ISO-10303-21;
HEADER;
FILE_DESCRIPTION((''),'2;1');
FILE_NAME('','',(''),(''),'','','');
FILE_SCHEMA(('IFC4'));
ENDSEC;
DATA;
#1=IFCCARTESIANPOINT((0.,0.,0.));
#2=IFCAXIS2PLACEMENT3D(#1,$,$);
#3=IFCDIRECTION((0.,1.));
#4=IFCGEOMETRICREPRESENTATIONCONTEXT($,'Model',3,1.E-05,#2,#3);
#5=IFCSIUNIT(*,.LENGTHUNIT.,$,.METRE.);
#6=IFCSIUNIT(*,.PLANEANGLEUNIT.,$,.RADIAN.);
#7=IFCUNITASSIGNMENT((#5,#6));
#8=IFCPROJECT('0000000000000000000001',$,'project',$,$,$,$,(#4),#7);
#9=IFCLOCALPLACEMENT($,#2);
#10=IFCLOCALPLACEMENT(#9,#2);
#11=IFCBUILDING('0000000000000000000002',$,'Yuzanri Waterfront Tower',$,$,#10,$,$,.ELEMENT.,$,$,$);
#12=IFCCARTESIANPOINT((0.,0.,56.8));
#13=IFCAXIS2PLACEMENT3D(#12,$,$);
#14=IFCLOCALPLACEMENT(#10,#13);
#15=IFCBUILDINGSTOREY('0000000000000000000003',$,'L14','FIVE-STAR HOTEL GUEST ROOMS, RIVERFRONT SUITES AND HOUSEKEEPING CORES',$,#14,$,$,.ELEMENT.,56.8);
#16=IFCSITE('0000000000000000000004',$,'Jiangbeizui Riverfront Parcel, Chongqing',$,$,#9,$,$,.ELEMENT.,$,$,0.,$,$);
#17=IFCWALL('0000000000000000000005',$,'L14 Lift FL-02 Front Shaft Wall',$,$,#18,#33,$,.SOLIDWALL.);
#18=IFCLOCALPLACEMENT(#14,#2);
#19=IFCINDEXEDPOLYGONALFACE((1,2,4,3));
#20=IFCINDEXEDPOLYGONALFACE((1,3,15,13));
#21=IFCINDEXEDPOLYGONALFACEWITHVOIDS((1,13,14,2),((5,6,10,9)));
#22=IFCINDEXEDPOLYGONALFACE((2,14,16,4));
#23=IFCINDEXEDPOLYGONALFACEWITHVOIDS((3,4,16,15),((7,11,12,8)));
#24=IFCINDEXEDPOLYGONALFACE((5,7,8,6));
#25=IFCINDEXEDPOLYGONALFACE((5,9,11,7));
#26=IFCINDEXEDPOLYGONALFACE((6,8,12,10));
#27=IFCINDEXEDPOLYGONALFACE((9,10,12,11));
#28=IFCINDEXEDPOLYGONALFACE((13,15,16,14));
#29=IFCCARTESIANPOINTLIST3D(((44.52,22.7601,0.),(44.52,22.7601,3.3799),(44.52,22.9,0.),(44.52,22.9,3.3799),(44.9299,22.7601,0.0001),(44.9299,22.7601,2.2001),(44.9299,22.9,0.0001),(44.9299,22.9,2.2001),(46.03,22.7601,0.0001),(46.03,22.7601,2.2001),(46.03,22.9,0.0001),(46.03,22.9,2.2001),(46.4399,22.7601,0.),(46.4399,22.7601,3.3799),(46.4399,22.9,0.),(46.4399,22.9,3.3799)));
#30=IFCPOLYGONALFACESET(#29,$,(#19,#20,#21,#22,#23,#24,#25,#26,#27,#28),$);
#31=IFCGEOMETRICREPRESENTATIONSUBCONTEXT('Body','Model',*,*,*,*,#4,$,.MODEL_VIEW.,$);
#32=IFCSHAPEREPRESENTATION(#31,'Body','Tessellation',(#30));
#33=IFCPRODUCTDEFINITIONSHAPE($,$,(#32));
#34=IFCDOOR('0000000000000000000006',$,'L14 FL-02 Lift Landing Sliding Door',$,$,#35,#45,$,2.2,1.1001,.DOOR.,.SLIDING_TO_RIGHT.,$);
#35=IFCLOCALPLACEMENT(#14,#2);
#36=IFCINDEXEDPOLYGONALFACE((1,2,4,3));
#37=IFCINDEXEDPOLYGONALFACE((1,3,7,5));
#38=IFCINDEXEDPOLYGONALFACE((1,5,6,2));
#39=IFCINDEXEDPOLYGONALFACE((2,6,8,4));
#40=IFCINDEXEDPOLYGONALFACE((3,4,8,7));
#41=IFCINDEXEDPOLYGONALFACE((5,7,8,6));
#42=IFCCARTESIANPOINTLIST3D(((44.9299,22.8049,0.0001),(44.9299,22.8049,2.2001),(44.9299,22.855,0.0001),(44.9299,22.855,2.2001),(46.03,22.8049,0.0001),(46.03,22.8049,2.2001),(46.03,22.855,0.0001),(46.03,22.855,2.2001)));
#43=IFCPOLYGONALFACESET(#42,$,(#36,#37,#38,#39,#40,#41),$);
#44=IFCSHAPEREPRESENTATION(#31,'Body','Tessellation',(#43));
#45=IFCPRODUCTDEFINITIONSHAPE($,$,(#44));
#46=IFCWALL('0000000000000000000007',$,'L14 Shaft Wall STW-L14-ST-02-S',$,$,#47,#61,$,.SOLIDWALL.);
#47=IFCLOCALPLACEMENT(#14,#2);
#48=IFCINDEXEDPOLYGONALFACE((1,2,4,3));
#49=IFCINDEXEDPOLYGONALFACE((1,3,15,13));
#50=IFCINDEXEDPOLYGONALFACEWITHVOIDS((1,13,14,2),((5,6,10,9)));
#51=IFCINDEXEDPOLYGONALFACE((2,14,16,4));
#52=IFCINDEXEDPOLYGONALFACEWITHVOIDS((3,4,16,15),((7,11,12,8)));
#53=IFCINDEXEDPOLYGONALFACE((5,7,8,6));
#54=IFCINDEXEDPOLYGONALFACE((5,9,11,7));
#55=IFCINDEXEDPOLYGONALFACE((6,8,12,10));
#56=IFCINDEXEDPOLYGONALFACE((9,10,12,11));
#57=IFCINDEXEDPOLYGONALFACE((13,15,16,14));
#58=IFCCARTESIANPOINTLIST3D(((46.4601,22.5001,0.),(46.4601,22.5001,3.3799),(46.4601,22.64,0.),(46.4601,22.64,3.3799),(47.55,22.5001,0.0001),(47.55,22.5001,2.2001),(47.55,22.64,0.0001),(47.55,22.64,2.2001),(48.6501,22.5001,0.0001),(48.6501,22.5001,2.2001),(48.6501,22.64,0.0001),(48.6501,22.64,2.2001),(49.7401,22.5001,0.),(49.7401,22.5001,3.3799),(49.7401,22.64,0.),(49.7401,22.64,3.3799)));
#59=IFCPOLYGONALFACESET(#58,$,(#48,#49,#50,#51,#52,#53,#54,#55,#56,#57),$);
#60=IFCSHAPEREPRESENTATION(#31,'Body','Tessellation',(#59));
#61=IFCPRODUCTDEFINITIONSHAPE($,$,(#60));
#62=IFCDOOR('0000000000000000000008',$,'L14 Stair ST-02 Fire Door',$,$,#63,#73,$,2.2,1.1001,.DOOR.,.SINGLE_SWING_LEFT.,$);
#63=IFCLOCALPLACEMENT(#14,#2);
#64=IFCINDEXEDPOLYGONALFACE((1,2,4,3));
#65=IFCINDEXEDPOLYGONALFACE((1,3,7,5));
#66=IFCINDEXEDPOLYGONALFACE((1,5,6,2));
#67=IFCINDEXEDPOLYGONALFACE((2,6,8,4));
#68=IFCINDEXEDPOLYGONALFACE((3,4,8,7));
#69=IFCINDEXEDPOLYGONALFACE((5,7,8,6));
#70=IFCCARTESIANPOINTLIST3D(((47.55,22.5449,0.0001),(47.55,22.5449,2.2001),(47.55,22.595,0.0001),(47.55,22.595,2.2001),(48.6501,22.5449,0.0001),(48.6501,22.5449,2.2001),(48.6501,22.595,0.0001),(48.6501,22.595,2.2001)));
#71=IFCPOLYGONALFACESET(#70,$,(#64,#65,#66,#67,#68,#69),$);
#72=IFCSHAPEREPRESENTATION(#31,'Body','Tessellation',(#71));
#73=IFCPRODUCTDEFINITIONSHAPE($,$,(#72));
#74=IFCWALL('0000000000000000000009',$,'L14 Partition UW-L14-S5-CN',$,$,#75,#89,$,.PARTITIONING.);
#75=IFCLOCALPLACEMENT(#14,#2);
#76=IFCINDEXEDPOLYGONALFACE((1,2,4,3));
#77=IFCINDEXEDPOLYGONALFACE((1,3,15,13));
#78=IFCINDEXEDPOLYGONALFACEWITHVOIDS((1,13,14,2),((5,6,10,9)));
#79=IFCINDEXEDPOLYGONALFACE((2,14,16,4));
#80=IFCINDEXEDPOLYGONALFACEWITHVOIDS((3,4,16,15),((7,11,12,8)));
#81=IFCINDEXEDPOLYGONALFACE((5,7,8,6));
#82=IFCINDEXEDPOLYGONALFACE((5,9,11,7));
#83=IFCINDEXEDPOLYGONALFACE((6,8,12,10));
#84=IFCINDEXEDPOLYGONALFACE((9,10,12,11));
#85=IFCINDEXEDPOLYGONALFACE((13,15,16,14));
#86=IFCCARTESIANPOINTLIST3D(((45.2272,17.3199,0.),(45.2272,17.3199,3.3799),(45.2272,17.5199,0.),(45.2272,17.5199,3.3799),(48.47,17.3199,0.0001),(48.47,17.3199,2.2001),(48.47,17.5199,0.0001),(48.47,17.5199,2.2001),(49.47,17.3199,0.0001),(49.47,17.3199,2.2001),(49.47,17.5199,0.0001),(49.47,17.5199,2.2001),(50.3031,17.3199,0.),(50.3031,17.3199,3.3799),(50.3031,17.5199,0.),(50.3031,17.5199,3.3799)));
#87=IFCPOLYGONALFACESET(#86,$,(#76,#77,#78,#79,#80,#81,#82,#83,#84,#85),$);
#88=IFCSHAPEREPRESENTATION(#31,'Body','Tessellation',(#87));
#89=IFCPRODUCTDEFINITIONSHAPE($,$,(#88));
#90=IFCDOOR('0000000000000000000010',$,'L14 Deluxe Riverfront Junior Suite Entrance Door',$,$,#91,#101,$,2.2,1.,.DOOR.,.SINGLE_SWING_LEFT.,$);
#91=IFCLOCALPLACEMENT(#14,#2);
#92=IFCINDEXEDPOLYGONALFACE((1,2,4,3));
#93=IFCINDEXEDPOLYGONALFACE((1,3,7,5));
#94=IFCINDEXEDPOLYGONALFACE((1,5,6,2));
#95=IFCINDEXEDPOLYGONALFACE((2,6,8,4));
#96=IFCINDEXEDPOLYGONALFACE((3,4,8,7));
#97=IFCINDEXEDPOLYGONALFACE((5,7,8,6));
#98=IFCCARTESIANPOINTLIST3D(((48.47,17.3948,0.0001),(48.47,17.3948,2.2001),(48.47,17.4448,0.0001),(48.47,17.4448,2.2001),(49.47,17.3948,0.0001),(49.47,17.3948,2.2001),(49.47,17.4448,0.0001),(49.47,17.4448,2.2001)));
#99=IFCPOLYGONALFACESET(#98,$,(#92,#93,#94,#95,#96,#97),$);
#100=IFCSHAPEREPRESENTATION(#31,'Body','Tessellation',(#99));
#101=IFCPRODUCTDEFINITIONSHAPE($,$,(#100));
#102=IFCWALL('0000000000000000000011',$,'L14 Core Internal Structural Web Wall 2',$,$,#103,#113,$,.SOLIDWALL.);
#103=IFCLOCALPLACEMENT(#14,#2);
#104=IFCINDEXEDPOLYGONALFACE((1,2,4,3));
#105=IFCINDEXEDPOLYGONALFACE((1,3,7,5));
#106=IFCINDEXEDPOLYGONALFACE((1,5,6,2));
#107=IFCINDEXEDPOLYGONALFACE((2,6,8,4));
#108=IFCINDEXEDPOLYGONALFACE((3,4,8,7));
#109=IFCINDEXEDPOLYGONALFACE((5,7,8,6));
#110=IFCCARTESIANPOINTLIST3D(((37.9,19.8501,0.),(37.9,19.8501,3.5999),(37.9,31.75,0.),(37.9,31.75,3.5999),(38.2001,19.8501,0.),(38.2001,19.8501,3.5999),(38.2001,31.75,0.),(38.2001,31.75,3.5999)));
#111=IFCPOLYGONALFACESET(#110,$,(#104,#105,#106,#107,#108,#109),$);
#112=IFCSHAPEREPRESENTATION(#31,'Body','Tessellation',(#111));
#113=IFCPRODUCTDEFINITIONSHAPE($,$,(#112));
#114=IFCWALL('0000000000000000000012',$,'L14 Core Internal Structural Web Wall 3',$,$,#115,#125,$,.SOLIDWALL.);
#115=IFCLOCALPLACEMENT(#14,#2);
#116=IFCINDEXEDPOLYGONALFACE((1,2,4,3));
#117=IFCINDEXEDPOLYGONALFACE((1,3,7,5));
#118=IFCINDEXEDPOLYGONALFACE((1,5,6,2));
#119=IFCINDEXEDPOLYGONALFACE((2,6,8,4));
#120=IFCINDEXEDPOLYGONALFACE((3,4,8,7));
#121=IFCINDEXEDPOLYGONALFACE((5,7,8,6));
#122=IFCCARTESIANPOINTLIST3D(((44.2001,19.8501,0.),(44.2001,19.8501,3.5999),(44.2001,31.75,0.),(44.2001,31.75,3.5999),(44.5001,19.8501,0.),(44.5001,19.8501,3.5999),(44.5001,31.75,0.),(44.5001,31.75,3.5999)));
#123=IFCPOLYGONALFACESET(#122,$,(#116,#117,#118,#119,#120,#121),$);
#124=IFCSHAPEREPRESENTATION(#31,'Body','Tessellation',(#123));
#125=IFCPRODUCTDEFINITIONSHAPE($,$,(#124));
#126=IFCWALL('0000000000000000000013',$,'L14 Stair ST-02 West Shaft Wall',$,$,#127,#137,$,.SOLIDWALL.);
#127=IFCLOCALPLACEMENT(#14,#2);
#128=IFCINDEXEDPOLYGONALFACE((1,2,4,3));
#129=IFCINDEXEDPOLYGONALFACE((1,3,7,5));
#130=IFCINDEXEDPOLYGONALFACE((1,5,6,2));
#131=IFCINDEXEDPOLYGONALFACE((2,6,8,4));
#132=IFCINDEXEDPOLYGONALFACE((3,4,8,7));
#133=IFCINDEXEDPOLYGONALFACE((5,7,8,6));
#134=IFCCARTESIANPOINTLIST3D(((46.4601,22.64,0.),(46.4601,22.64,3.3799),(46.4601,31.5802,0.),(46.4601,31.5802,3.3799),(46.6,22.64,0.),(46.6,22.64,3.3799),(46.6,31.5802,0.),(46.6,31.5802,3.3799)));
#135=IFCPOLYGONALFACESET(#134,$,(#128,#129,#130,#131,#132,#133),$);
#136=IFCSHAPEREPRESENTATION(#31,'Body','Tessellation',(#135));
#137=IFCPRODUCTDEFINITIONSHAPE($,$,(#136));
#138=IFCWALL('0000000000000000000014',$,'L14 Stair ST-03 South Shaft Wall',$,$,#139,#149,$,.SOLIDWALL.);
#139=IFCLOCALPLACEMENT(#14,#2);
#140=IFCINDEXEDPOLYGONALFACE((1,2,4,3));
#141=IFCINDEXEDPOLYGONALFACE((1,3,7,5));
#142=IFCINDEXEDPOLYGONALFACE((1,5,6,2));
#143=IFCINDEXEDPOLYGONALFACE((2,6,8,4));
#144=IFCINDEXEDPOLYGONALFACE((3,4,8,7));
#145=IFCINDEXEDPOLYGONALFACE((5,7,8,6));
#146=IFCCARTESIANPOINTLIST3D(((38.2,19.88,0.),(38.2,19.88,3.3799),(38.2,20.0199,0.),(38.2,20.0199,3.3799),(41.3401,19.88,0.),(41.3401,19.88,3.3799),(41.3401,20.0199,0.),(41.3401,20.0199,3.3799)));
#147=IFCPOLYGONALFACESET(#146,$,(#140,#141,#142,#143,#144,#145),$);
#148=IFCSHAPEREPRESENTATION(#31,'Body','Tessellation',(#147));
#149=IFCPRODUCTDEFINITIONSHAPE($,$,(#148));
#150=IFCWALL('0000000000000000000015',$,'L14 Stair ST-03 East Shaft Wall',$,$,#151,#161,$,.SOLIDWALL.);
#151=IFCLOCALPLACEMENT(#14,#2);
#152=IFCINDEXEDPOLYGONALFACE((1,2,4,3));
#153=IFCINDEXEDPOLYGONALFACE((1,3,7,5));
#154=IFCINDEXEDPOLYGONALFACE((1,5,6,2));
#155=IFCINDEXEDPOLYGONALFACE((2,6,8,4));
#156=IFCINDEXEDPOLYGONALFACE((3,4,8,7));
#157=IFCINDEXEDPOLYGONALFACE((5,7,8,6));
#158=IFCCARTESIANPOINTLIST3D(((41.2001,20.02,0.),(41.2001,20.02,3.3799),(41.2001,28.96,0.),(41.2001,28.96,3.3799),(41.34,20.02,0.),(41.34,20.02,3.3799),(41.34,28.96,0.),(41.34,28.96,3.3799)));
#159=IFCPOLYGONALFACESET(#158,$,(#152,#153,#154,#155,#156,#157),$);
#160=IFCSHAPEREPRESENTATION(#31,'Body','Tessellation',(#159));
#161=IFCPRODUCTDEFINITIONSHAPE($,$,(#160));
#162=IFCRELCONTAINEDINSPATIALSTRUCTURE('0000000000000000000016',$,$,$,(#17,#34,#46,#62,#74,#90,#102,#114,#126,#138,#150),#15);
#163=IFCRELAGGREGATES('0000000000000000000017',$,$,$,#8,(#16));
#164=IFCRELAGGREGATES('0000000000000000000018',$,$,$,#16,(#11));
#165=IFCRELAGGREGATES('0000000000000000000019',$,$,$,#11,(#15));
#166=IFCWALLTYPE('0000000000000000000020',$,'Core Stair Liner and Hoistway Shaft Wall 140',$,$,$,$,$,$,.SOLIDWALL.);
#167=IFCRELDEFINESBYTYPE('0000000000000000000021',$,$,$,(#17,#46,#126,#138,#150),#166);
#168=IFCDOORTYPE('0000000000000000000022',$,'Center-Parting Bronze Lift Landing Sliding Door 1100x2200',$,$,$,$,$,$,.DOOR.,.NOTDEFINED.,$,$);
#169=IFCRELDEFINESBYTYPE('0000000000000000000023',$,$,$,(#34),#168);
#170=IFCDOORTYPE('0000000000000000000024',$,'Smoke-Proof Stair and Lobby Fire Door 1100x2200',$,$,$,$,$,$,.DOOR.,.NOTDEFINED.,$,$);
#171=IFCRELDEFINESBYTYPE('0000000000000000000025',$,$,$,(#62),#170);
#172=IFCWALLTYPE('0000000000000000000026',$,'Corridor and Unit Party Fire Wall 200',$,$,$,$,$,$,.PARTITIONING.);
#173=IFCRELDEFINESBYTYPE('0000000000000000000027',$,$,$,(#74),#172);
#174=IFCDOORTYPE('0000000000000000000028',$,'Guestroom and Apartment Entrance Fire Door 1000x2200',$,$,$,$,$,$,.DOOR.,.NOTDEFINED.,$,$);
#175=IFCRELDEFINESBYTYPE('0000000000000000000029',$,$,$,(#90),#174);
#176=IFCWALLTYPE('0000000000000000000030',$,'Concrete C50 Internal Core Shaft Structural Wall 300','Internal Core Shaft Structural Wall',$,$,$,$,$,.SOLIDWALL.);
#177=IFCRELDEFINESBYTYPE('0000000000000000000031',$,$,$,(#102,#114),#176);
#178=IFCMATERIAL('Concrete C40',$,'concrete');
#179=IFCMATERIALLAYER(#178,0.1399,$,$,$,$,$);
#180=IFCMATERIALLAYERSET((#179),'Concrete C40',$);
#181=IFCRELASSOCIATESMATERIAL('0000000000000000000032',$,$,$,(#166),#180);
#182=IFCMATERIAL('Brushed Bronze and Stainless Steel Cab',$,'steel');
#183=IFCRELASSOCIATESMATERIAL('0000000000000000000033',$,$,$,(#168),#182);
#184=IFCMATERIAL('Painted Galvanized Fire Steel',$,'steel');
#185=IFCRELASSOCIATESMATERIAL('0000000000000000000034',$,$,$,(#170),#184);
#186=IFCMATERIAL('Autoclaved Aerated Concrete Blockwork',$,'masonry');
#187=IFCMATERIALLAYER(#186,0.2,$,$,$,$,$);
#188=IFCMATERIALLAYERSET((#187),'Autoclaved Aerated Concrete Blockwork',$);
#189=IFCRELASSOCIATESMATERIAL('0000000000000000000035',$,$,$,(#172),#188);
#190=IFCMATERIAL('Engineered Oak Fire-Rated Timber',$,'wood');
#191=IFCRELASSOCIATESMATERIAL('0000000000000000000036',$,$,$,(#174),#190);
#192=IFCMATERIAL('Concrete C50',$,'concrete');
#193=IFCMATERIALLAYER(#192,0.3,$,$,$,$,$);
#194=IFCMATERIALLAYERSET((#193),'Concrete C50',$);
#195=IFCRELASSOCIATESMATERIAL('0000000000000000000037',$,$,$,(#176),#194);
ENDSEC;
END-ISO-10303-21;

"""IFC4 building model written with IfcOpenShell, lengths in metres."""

from ifc_helpers import new_model, si_unit, direction, frame, frame_2d, origin, place, context, subcontext, project, spatial, rectangle, extrude, source, transform, mapped, material, layer, layer_set, type_object, element, fill, save


model = new_model("IFC4")

# Units and contexts
model_context = context("Model", 3, precision=1e-05, world=origin(), true_north=direction((0.0, 1.0)))
body_context = subcontext(model_context, "Body", "Model", "MODEL_VIEW")
ifc_project = project(units=[si_unit("LENGTHUNIT", "METRE"), si_unit("PLANEANGLEUNIT", "RADIAN")], contexts=[model_context])

# Site, building, storey
site_placement = place(None, origin())
site = spatial("IfcSite", under=ifc_project, at=site_placement, Name="Jiangbeizui Riverfront Parcel, Chongqing", CompositionType="ELEMENT", RefElevation=0.0)
building_placement = place(site_placement, origin())
building = spatial("IfcBuilding", under=site, at=building_placement, Name="Yuzanri Waterfront Tower", CompositionType="ELEMENT")
storey_placement = place(building_placement, frame((0.0, 0.0, 56.8)))
storey = spatial("IfcBuildingStorey", under=building, at=storey_placement, Name="L14", Description="FIVE-STAR HOTEL GUEST ROOMS, RIVERFRONT SUITES AND HOUSEKEEPING CORES", CompositionType="ELEMENT", Elevation=56.8)

# Walls, openings, doors
ifc_material_1 = material(Name="Concrete C40", Category="concrete")
ifc_layer_1 = layer(ifc_material_1, 0.1399)
ifc_layer_set_1 = layer_set([ifc_layer_1], Name="Concrete C40")
wall_type_1 = type_object("IfcWallType", Name="Core Stair Liner and Hoistway Shaft Wall 140", PredefinedType="SOLIDWALL", material=ifc_layer_set_1)
wall_1_placement = place(storey_placement, frame((44.52, 22.8301, 0.0), z_axis=(0.0, 0.0, 1.0), x_axis=(1.0, 0.0, 0.0)))
wall_1 = element("IfcWall", 1, at=wall_1_placement, inside=storey, type_object=wall_type_1, Name="L14 Lift FL-02 Front Shaft Wall", PredefinedType="SOLIDWALL", context=body_context, shape_type="SweptSolid", body=[
    extrude(rectangle(XDim=1.9199, YDim=0.1399, at=frame_2d((0.96, 0.0))), origin(), (0.0, 0.0, 1.0), 3.3799),
])
opening_1_placement = place(wall_1_placement, frame((0.4099, 0.0, 0.0)))
opening_1 = element("IfcOpeningElement", 2, at=opening_1_placement, cuts=wall_1, PredefinedType="OPENING", context=body_context, shape_type="SweptSolid", body=[
    extrude(rectangle(XDim=1.1001, YDim=2.2, at=frame_2d((0.55, 1.1001))), frame((0.0, 0.085, 0.0), z_axis=(0.0, -1.0, 0.0), x_axis=(1.0, 0.0, 0.0)), (0.0, 0.0, 1.0), 0.1697),
])
ifc_material_2 = material(Name="Brushed Bronze and Stainless Steel Cab", Category="steel")
door_type_1 = type_object("IfcDoorType", Name="Center-Parting Bronze Lift Landing Sliding Door 1100x2200", OperationType="NOTDEFINED", PredefinedType="DOOR", material=ifc_material_2)
shared_shape_1 = source(origin(), body_context, "Body", "SweptSolid", [
    extrude(rectangle(XDim=1.1001, YDim=2.2, at=frame_2d((0.55, 1.1001))), frame((0.0, 0.0249, 0.0), z_axis=(0.0, -1.0, 0.0), x_axis=(1.0, 0.0, 0.0)), (0.0, 0.0, 1.0), 0.05),
])
door_1_placement = place(opening_1_placement, origin())
door_1 = element("IfcDoor", 3, at=door_1_placement, inside=storey, type_object=door_type_1, Name="L14 FL-02 Lift Landing Sliding Door", OperationType="SLIDING_TO_RIGHT", OverallHeight=2.2, OverallWidth=1.1001, PredefinedType="DOOR", context=body_context, shape_type="MappedRepresentation", body=[
    mapped(shared_shape_1, transform((0.0, 0.0, 0.0), scale=1.0)),
])
fill(opening_1, door_1)
wall_2_placement = place(storey_placement, frame((46.46, 22.5701, 0.0), z_axis=(0.0, 0.0, 1.0), x_axis=(1.0, 0.0, 0.0)))
wall_2 = element("IfcWall", 4, at=wall_2_placement, inside=storey, type_object=wall_type_1, Name="L14 Shaft Wall STW-L14-ST-02-S", PredefinedType="SOLIDWALL", context=body_context, shape_type="SweptSolid", body=[
    extrude(rectangle(XDim=3.28, YDim=0.1399, at=frame_2d((1.6401, 0.0))), origin(), (0.0, 0.0, 1.0), 3.3799),
])
opening_2_placement = place(wall_2_placement, frame((1.0901, 0.0, 0.0)))
opening_2 = element("IfcOpeningElement", 5, at=opening_2_placement, cuts=wall_2, PredefinedType="OPENING", context=body_context, shape_type="SweptSolid", body=[
    extrude(rectangle(XDim=1.1001, YDim=2.2, at=frame_2d((0.55, 1.1001))), frame((0.0, 0.085, 0.0), z_axis=(0.0, -1.0, 0.0), x_axis=(1.0, 0.0, 0.0)), (0.0, 0.0, 1.0), 0.1697),
])
ifc_material_3 = material(Name="Painted Galvanized Fire Steel", Category="steel")
door_type_2 = type_object("IfcDoorType", Name="Smoke-Proof Stair and Lobby Fire Door 1100x2200", OperationType="NOTDEFINED", PredefinedType="DOOR", material=ifc_material_3)
shared_shape_2 = source(origin(), body_context, "Body", "SweptSolid", [
    extrude(rectangle(XDim=1.1001, YDim=2.2, at=frame_2d((0.55, 1.1001))), frame((0.0, 0.0249, 0.0), z_axis=(0.0, -1.0, 0.0), x_axis=(1.0, 0.0, 0.0)), (0.0, 0.0, 1.0), 0.05),
])
door_2_placement = place(opening_2_placement, origin())
door_2 = element("IfcDoor", 6, at=door_2_placement, inside=storey, type_object=door_type_2, Name="L14 Stair ST-02 Fire Door", OperationType="SINGLE_SWING_LEFT", OverallHeight=2.2, OverallWidth=1.1001, PredefinedType="DOOR", context=body_context, shape_type="MappedRepresentation", body=[
    mapped(shared_shape_2, transform((0.0, 0.0, 0.0), scale=1.0)),
])
fill(opening_2, door_2)
ifc_material_4 = material(Name="Autoclaved Aerated Concrete Blockwork", Category="masonry")
ifc_layer_2 = layer(ifc_material_4, 0.2)
ifc_layer_set_2 = layer_set([ifc_layer_2], Name="Autoclaved Aerated Concrete Blockwork")
wall_type_2 = type_object("IfcWallType", Name="Corridor and Unit Party Fire Wall 200", PredefinedType="PARTITIONING", material=ifc_layer_set_2)
wall_3_placement = place(storey_placement, frame((45.2271, 17.4199, 0.0), z_axis=(0.0, 0.0, 1.0), x_axis=(1.0, 0.0, 0.0)))
wall_3 = element("IfcWall", 7, at=wall_3_placement, inside=storey, type_object=wall_type_2, Name="L14 Partition UW-L14-S5-CN", PredefinedType="PARTITIONING", context=body_context, shape_type="SweptSolid", body=[
    extrude(rectangle(XDim=5.0759, YDim=0.2, at=frame_2d((2.5381, 0.0))), origin(), (0.0, 0.0, 1.0), 3.3799),
])
opening_3_placement = place(wall_3_placement, frame((3.2429, 0.0, 0.0)))
opening_3 = element("IfcOpeningElement", 8, at=opening_3_placement, cuts=wall_3, PredefinedType="OPENING", context=body_context, shape_type="SweptSolid", body=[
    extrude(rectangle(XDim=1.0, YDim=2.2, at=frame_2d((0.5, 1.1001))), frame((0.0, 0.1147, 0.0), z_axis=(0.0, -1.0, 0.0), x_axis=(1.0, 0.0, 0.0)), (0.0, 0.0, 1.0), 0.2297),
])
ifc_material_5 = material(Name="Engineered Oak Fire-Rated Timber", Category="wood")
door_type_3 = type_object("IfcDoorType", Name="Guestroom and Apartment Entrance Fire Door 1000x2200", OperationType="NOTDEFINED", PredefinedType="DOOR", material=ifc_material_5)
shared_shape_3 = source(origin(), body_context, "Body", "SweptSolid", [
    extrude(rectangle(XDim=1.0, YDim=2.2, at=frame_2d((0.5, 1.1001))), frame((0.0, 0.0249, 0.0), z_axis=(0.0, -1.0, 0.0), x_axis=(1.0, 0.0, 0.0)), (0.0, 0.0, 1.0), 0.05),
])
door_3_placement = place(opening_3_placement, origin())
door_3 = element("IfcDoor", 9, at=door_3_placement, inside=storey, type_object=door_type_3, Name="L14 Deluxe Riverfront Junior Suite Entrance Door", OperationType="SINGLE_SWING_LEFT", OverallHeight=2.2, OverallWidth=1.0, PredefinedType="DOOR", context=body_context, shape_type="MappedRepresentation", body=[
    mapped(shared_shape_3, transform((0.0, 0.0, 0.0), scale=1.0)),
])
fill(opening_3, door_3)

# Walls
ifc_material_6 = material(Name="Concrete C50", Category="concrete")
ifc_layer_3 = layer(ifc_material_6, 0.3)
ifc_layer_set_3 = layer_set([ifc_layer_3], Name="Concrete C50")
wall_type_3 = type_object("IfcWallType", Name="Concrete C50 Internal Core Shaft Structural Wall 300", Description="Internal Core Shaft Structural Wall", PredefinedType="SOLIDWALL", material=ifc_layer_set_3)
shared_shape_4 = source(origin(), body_context, "Body", "SweptSolid", [
    extrude(rectangle(XDim=11.8999, YDim=0.3, at=frame_2d((5.95, 0.0))), origin(), (0.0, 0.0, 1.0), 3.5999),
])
for number, where, z_axis, x_axis, name in (
    (10, (38.05, 19.8501, 0.0), (0.0, 0.0, 1.0), (0.0, 1.0, 0.0), "L14 Core Internal Structural Web Wall 2"),
    (11, (44.3501, 19.8501, 0.0), (0.0, 0.0, 1.0), (0.0, 1.0, 0.0), "L14 Core Internal Structural Web Wall 3"),
):
    element("IfcWall", number, at=place(storey_placement, frame(where, z_axis=z_axis, x_axis=x_axis)), inside=storey, type_object=wall_type_3, Name=name, PredefinedType="SOLIDWALL", context=body_context, shape_type="MappedRepresentation", body=[
        mapped(shared_shape_4, transform((0.0, 0.0, 0.0), scale=1.0)),
    ])
shared_shape_5 = source(origin(), body_context, "Body", "SweptSolid", [
    extrude(rectangle(XDim=8.9402, YDim=0.1399, at=frame_2d((4.4702, 0.0))), origin(), (0.0, 0.0, 1.0), 3.3799),
])
wall_4_placement = place(storey_placement, frame((46.53, 22.6399, 0.0), z_axis=(0.0, 0.0, 1.0), x_axis=(0.0, 1.0, 0.0)))
element("IfcWall", 12, at=wall_4_placement, inside=storey, type_object=wall_type_1, Name="L14 Stair ST-02 West Shaft Wall", PredefinedType="SOLIDWALL", context=body_context, shape_type="MappedRepresentation", body=[
    mapped(shared_shape_5, transform((0.0, 0.0, 0.0), scale=1.0)),
])
shared_shape_6 = source(origin(), body_context, "Body", "SweptSolid", [
    extrude(rectangle(XDim=3.1401, YDim=0.1399, at=frame_2d((1.5701, 0.0))), origin(), (0.0, 0.0, 1.0), 3.3799),
])
wall_5_placement = place(storey_placement, frame((38.2, 19.95, 0.0), z_axis=(0.0, 0.0, 1.0), x_axis=(1.0, 0.0, 0.0)))
element("IfcWall", 13, at=wall_5_placement, inside=storey, type_object=wall_type_1, Name="L14 Stair ST-03 South Shaft Wall", PredefinedType="SOLIDWALL", context=body_context, shape_type="MappedRepresentation", body=[
    mapped(shared_shape_6, transform((0.0, 0.0, 0.0), scale=1.0)),
])
shared_shape_7 = source(origin(), body_context, "Body", "SweptSolid", [
    extrude(rectangle(XDim=8.9399, YDim=0.1399, at=frame_2d((4.47, 0.0))), origin(), (0.0, 0.0, 1.0), 3.3799),
])
wall_6_placement = place(storey_placement, frame((41.27, 20.02, 0.0), z_axis=(0.0, 0.0, 1.0), x_axis=(0.0, 1.0, 0.0)))
element("IfcWall", 14, at=wall_6_placement, inside=storey, type_object=wall_type_1, Name="L14 Stair ST-03 East Shaft Wall", PredefinedType="SOLIDWALL", context=body_context, shape_type="MappedRepresentation", body=[
    mapped(shared_shape_7, transform((0.0, 0.0, 0.0), scale=1.0)),
])

save(model, "model.ifc")
